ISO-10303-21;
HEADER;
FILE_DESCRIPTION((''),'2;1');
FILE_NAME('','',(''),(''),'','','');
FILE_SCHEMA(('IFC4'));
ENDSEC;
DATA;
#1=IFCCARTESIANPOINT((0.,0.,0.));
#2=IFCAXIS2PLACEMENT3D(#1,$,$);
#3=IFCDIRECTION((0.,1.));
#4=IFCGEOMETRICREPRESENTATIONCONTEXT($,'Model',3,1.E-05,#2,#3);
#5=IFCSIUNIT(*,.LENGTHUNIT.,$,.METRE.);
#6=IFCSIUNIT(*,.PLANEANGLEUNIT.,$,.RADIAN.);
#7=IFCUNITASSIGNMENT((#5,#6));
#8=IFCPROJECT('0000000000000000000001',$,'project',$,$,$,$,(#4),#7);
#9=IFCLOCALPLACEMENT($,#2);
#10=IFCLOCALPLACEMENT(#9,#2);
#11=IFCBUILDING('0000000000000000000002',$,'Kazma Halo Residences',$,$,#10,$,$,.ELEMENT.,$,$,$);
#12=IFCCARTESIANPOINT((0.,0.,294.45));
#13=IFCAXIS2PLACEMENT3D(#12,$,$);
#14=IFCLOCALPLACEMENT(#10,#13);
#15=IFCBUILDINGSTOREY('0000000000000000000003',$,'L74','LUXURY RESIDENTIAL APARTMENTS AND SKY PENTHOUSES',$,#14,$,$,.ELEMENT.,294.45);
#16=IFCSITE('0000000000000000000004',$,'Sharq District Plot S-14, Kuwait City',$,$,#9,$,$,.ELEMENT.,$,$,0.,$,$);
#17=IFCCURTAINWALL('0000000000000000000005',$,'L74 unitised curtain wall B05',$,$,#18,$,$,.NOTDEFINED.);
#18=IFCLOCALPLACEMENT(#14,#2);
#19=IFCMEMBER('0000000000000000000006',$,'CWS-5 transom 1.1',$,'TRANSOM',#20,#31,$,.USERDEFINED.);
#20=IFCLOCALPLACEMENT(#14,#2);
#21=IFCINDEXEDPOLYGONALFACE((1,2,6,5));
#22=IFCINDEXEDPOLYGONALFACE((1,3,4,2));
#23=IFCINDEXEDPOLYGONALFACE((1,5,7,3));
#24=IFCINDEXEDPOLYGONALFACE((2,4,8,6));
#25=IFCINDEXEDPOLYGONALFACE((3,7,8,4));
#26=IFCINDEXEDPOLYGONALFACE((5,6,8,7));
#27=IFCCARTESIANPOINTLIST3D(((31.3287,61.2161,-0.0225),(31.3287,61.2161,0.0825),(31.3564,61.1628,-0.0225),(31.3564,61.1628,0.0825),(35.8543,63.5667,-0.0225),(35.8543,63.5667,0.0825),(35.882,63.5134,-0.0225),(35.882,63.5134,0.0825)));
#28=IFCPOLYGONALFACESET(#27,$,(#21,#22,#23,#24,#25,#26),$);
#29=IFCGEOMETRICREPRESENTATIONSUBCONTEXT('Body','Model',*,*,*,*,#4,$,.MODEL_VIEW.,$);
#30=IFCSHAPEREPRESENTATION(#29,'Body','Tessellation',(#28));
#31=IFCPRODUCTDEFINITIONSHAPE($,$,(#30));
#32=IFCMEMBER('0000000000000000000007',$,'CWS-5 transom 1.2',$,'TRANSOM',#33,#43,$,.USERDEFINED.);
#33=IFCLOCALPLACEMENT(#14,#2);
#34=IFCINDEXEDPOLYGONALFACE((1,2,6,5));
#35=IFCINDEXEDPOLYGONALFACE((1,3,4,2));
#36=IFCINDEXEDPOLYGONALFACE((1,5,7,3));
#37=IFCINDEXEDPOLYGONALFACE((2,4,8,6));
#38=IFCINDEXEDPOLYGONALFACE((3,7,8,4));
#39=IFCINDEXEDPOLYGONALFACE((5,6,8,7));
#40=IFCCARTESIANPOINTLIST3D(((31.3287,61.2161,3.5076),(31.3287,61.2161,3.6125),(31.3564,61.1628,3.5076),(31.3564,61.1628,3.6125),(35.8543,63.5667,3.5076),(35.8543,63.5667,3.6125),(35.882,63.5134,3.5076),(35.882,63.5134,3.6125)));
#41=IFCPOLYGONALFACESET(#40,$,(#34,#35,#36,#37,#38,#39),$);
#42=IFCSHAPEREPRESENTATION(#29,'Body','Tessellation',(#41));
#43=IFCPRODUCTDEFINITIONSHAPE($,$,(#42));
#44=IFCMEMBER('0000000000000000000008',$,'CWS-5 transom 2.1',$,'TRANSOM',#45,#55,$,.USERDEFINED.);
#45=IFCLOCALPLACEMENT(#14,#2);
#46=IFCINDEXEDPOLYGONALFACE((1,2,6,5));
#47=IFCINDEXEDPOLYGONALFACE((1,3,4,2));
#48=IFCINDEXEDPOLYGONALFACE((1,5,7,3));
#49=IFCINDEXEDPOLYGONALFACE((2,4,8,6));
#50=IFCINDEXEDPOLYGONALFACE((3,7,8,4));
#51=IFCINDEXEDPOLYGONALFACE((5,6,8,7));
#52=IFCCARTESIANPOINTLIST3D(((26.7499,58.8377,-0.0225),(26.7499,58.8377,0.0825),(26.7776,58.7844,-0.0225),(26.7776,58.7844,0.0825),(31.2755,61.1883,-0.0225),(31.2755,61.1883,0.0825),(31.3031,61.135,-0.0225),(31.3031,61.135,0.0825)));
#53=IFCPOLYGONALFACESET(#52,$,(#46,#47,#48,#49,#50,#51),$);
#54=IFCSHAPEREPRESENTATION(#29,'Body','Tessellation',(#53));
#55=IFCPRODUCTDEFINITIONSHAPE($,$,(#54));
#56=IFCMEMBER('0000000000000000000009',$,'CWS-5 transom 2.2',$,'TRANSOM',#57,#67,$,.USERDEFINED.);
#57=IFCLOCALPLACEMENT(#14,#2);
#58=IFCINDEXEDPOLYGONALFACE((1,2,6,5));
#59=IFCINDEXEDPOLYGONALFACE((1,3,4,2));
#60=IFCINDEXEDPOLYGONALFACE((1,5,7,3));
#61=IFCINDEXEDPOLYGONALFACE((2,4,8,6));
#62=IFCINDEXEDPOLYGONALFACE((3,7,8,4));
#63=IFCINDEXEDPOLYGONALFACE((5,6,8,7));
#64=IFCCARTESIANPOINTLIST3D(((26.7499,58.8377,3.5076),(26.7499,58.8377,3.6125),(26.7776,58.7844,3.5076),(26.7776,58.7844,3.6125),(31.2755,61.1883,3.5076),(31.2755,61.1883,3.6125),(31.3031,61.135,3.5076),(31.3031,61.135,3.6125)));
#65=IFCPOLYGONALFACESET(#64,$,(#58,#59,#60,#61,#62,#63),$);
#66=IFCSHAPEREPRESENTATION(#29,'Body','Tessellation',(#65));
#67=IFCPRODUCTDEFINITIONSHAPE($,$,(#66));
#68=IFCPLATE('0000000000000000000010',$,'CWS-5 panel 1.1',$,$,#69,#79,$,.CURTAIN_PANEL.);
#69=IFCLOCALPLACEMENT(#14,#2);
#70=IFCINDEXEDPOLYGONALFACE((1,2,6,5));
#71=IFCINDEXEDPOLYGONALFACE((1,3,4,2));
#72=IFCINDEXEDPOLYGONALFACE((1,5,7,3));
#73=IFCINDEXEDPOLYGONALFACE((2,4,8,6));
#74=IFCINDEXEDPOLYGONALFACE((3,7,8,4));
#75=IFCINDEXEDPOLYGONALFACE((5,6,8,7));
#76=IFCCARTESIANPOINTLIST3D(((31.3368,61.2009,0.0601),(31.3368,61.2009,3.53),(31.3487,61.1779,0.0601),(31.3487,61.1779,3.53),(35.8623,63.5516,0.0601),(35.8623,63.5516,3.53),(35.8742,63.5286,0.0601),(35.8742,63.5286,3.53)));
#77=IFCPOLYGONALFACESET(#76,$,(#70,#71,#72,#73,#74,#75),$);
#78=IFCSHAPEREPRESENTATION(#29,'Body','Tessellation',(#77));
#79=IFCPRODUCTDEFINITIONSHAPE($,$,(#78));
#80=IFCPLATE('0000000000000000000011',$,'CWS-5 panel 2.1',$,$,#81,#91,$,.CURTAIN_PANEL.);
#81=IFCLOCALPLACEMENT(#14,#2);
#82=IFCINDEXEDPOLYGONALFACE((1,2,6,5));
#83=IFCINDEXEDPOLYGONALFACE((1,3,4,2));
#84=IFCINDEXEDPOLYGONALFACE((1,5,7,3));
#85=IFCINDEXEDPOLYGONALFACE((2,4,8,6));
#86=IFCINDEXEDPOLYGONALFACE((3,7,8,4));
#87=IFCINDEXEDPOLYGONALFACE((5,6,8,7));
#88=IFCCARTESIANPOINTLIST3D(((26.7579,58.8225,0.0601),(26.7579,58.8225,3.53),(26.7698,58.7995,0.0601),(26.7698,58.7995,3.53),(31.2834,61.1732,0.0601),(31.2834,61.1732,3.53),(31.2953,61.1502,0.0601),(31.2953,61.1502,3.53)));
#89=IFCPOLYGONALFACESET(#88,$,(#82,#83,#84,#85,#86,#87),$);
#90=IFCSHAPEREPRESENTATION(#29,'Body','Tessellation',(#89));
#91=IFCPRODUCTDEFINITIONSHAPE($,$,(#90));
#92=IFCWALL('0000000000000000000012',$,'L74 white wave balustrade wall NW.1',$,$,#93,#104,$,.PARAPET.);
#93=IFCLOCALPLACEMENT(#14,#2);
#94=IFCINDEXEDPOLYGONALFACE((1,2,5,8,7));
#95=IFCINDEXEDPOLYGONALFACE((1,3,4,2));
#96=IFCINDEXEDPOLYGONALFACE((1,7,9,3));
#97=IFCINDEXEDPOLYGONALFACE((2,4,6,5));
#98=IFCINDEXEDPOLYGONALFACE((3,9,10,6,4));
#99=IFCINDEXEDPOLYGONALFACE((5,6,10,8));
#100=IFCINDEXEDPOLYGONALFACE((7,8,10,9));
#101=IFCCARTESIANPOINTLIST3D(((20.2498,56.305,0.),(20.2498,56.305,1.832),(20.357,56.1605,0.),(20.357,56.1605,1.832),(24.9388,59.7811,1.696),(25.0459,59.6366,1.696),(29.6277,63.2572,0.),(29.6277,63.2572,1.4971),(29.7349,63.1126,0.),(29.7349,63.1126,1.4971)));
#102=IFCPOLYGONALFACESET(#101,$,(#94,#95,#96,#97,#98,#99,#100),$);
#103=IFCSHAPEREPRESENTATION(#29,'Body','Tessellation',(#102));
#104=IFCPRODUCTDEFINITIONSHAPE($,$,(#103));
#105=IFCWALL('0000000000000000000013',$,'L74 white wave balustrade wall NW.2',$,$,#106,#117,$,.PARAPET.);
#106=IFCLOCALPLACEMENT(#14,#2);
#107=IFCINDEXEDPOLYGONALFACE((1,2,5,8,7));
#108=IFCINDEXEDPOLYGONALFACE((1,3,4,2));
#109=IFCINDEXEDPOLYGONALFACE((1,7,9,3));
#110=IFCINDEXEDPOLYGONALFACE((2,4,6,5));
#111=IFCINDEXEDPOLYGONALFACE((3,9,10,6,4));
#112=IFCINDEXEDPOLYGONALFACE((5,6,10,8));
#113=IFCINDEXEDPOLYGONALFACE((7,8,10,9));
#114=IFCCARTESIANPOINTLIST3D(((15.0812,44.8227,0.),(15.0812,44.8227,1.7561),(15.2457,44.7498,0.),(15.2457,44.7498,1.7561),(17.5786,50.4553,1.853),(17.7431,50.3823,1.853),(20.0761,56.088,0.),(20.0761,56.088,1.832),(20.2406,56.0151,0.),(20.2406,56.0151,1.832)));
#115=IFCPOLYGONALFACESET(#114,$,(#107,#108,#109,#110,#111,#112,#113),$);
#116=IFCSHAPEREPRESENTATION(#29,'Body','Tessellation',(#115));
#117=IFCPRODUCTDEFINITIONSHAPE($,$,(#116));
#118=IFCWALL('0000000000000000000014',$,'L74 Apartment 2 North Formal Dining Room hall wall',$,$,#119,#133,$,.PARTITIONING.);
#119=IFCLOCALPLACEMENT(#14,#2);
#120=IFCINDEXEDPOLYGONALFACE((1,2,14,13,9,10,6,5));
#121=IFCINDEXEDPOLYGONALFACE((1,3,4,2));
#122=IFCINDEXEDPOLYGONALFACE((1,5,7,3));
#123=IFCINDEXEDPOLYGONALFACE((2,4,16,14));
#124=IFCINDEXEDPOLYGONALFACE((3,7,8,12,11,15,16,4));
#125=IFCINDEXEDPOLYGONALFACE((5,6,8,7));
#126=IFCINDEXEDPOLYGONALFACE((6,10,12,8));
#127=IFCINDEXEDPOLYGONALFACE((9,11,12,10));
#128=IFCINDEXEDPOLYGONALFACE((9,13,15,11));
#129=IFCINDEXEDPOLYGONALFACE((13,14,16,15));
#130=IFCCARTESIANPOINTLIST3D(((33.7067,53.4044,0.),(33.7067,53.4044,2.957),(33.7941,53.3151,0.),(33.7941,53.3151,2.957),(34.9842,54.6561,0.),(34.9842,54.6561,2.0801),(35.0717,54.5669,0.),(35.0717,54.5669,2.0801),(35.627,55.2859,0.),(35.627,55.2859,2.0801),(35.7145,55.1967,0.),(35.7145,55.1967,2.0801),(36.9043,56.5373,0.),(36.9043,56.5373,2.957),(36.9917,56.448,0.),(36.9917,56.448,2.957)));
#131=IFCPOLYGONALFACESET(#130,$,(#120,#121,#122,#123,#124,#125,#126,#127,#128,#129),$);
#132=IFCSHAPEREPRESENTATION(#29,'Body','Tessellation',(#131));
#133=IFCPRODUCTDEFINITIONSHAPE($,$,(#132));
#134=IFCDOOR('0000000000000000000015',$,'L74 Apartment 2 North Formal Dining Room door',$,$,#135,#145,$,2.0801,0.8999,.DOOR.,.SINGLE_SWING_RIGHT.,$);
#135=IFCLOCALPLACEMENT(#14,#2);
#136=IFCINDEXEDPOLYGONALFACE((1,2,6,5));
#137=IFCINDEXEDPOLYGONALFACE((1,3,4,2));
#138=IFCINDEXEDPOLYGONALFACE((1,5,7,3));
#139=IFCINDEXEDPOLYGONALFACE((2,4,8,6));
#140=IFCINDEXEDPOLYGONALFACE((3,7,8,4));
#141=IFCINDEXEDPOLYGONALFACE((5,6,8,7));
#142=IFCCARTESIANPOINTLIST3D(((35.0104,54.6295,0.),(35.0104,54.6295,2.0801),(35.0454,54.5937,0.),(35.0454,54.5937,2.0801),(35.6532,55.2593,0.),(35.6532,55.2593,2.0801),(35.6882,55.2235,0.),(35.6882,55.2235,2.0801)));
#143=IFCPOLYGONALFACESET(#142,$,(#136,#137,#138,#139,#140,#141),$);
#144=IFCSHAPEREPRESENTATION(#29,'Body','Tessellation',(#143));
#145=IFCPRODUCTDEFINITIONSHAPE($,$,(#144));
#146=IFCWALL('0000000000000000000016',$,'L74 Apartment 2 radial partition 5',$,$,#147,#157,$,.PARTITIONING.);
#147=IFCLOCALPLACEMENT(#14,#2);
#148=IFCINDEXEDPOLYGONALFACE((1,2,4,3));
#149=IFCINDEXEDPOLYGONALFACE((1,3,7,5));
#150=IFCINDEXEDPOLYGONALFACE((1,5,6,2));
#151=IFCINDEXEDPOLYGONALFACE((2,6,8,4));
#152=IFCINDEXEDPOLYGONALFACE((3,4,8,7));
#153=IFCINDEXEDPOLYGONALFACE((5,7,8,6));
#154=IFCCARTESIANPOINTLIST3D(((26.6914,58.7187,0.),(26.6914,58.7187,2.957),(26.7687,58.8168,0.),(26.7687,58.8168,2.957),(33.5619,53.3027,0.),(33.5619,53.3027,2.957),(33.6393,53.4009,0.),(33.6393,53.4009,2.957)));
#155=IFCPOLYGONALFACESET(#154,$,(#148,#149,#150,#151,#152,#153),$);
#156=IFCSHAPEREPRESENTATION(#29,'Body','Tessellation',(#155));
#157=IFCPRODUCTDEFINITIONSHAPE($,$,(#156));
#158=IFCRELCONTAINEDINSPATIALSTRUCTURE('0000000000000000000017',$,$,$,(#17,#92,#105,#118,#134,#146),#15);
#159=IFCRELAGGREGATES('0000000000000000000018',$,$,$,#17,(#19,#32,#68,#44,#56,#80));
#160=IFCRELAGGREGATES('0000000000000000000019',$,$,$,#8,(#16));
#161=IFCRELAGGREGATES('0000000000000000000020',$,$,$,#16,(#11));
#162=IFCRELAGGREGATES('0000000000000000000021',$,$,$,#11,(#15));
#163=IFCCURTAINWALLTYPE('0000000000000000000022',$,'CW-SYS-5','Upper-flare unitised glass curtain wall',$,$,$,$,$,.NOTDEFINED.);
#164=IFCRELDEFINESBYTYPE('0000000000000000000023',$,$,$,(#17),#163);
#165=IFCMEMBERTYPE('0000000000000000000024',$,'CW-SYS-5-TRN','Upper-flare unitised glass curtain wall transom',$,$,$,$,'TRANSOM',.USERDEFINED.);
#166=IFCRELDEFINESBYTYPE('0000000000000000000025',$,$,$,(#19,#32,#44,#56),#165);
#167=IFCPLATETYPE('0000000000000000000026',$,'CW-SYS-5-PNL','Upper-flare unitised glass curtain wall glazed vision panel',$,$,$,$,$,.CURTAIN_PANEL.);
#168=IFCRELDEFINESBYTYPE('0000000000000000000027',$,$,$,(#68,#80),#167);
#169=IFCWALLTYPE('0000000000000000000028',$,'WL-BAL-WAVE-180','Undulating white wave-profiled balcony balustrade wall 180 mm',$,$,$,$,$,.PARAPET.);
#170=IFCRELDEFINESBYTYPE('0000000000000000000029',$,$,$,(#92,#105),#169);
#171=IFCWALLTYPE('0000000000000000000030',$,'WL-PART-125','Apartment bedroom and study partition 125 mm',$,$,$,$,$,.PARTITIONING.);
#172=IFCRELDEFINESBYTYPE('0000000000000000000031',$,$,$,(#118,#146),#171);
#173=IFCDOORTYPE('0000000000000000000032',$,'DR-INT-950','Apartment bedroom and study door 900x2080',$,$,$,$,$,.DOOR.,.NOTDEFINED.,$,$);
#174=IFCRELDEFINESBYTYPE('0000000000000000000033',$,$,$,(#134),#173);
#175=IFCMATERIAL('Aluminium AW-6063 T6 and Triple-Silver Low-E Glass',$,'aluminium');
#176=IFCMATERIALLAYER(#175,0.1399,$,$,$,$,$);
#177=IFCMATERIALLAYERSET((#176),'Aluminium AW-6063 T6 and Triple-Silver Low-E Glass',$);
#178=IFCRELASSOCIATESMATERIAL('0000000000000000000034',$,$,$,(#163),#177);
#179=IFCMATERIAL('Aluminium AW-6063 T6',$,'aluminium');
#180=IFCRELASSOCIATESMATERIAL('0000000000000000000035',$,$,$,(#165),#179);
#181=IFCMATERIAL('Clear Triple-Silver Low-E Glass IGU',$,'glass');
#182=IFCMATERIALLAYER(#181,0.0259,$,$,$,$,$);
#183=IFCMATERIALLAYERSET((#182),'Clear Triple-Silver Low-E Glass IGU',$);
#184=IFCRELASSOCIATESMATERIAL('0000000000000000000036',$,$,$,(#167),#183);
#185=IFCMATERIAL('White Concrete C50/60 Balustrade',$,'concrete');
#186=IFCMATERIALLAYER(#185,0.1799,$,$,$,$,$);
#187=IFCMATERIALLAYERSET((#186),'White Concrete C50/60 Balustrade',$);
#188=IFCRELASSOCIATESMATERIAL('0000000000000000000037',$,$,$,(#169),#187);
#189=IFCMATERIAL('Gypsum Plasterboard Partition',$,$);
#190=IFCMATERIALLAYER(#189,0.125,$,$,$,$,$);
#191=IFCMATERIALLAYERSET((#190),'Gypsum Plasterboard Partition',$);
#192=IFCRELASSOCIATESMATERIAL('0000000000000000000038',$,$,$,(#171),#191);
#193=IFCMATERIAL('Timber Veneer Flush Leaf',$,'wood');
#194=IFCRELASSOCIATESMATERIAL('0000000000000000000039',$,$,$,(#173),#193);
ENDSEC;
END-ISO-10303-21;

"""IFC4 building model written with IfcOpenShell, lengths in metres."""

from ifc_helpers import new_model, si_unit, direction, frame, frame_2d, origin, origin_2d, place, context, subcontext, project, spatial, polyline, rectangle, outline, extrude, material, layer, layer_set, material_profile, profile_set, type_object, element, fill, aggregate, save


model = new_model("IFC4")

# Units and contexts
model_context = context("Model", 3, precision=1e-05, world=origin(), true_north=direction((0.0, 1.0)))
body_context = subcontext(model_context, "Body", "Model", "MODEL_VIEW")
ifc_project = project(units=[si_unit("LENGTHUNIT", "METRE"), si_unit("PLANEANGLEUNIT", "RADIAN")], contexts=[model_context])

# Site, building, storey
site_placement = place(None, origin())
site = spatial("IfcSite", under=ifc_project, at=site_placement, Name="Sharq District Plot S-14, Kuwait City", CompositionType="ELEMENT", RefElevation=0.0)
building_placement = place(site_placement, origin())
building = spatial("IfcBuilding", under=site, at=building_placement, Name="Kazma Halo Residences", CompositionType="ELEMENT")
storey_placement = place(building_placement, frame((0.0, 0.0, 294.45)))
storey = spatial("IfcBuildingStorey", under=building, at=storey_placement, Name="L74", Description="LUXURY RESIDENTIAL APARTMENTS AND SKY PENTHOUSES", CompositionType="ELEMENT", Elevation=294.45)

# Curtain wall, members, plates
ifc_material_1 = material(Name="Aluminium AW-6063 T6 and Triple-Silver Low-E Glass", Category="aluminium")
ifc_layer_1 = layer(ifc_material_1, 0.1399)
ifc_layer_set_1 = layer_set([ifc_layer_1], Name="Aluminium AW-6063 T6 and Triple-Silver Low-E Glass")
curtain_wall_type = type_object("IfcCurtainWallType", Name="CW-SYS-5", Description="Upper-flare unitised glass curtain wall", PredefinedType="NOTDEFINED", material=ifc_layer_set_1)
curtain_wall_placement = place(storey_placement, origin())
curtain_wall = element("IfcCurtainWall", 1, at=curtain_wall_placement, inside=storey, type_object=curtain_wall_type, Name="L74 unitised curtain wall B05", PredefinedType="NOTDEFINED")
ifc_material_2 = material(Name="Aluminium AW-6063 T6", Category="aluminium")
ifc_material_profile_1 = material_profile(ifc_material_2, rectangle(XDim=0.0601, YDim=0.105, at=origin_2d()), Name="CWT-60x105")
ifc_profile_set_1 = profile_set([ifc_material_profile_1], Name="Aluminium AW-6063 T6")
member_type_1 = type_object("IfcMemberType", Name="CW-SYS-5-TRN", Description="Upper-flare unitised glass curtain wall transom", ElementType="TRANSOM", PredefinedType="USERDEFINED", material=ifc_profile_set_1)
member_1_placement = place(storey_placement, frame((35.8682, 63.54, 0.03), z_axis=(-0.887437, -0.460929, 0.0), x_axis=(0.460929, -0.887437, 0.0)))
member_1 = element("IfcMember", 2, at=member_1_placement, type_object=member_type_1, Name="CWS-5 transom 1.1", ObjectType="TRANSOM", PredefinedType="USERDEFINED", context=body_context, shape_type="SweptSolid", body=[
    extrude(rectangle(XDim=0.0601, YDim=0.105, at=origin_2d()), origin(), (0.0, 0.0, 1.0), 5.0996),
])
member_2_placement = place(storey_placement, frame((35.8682, 63.54, 3.5601), z_axis=(-0.887437, -0.460929, 0.0), x_axis=(0.460929, -0.887437, 0.0)))
member_2 = element("IfcMember", 3, at=member_2_placement, type_object=member_type_1, Name="CWS-5 transom 1.2", ObjectType="TRANSOM", PredefinedType="USERDEFINED", context=body_context, shape_type="SweptSolid", body=[
    extrude(rectangle(XDim=0.0601, YDim=0.105, at=origin_2d()), origin(), (0.0, 0.0, 1.0), 5.0996),
])
member_3_placement = place(storey_placement, frame((31.2893, 61.1616, 0.03), z_axis=(-0.887437, -0.460929, 0.0), x_axis=(0.460929, -0.887437, 0.0)))
member_3 = element("IfcMember", 4, at=member_3_placement, type_object=member_type_1, Name="CWS-5 transom 2.1", ObjectType="TRANSOM", PredefinedType="USERDEFINED", context=body_context, shape_type="SweptSolid", body=[
    extrude(rectangle(XDim=0.0601, YDim=0.105, at=origin_2d()), origin(), (0.0, 0.0, 1.0), 5.0996),
])
member_4_placement = place(storey_placement, frame((31.2893, 61.1616, 3.5601), z_axis=(-0.887437, -0.460929, 0.0), x_axis=(0.460929, -0.887437, 0.0)))
member_4 = element("IfcMember", 5, at=member_4_placement, type_object=member_type_1, Name="CWS-5 transom 2.2", ObjectType="TRANSOM", PredefinedType="USERDEFINED", context=body_context, shape_type="SweptSolid", body=[
    extrude(rectangle(XDim=0.0601, YDim=0.105, at=origin_2d()), origin(), (0.0, 0.0, 1.0), 5.0996),
])
ifc_material_3 = material(Name="Clear Triple-Silver Low-E Glass IGU", Category="glass")
ifc_layer_2 = layer(ifc_material_3, 0.0259)
ifc_layer_set_2 = layer_set([ifc_layer_2], Name="Clear Triple-Silver Low-E Glass IGU")
plate_type = type_object("IfcPlateType", Name="CW-SYS-5-PNL", Description="Upper-flare unitised glass curtain wall glazed vision panel", PredefinedType="CURTAIN_PANEL", material=ifc_layer_set_2)
plate_1_placement = place(storey_placement, frame((33.6055, 62.3647, 0.0601), z_axis=(0.0, 0.0, 1.0), x_axis=(-0.887421, -0.460961, 0.0)))
plate_1 = element("IfcPlate", 6, at=plate_1_placement, type_object=plate_type, Name="CWS-5 panel 1.1", PredefinedType="CURTAIN_PANEL", context=body_context, shape_type="SweptSolid", body=[
    extrude(rectangle(XDim=5.0996, YDim=0.0259, at=origin_2d()), origin(), (0.0, 0.0, 1.0), 3.47),
])
plate_2_placement = place(storey_placement, frame((29.0266, 59.9863, 0.0601), z_axis=(0.0, 0.0, 1.0), x_axis=(-0.887421, -0.460961, 0.0)))
plate_2 = element("IfcPlate", 7, at=plate_2_placement, type_object=plate_type, Name="CWS-5 panel 2.1", PredefinedType="CURTAIN_PANEL", context=body_context, shape_type="SweptSolid", body=[
    extrude(rectangle(XDim=5.0996, YDim=0.0259, at=origin_2d()), origin(), (0.0, 0.0, 1.0), 3.47),
])
aggregate(curtain_wall, [member_1, member_2, plate_1, member_3, member_4, plate_2])

# Walls
ifc_material_4 = material(Name="White Concrete C50/60 Balustrade", Category="concrete")
ifc_layer_3 = layer(ifc_material_4, 0.1799)
ifc_layer_set_3 = layer_set([ifc_layer_3], Name="White Concrete C50/60 Balustrade")
wall_type_1 = type_object("IfcWallType", Name="WL-BAL-WAVE-180", Description="Undulating white wave-profiled balcony balustrade wall 180 mm", PredefinedType="PARAPET", material=ifc_layer_set_3)
wall_1_placement = place(storey_placement, frame((29.6814, 63.1848, 0.0), z_axis=(0.0, 0.0, 1.0), x_axis=(-0.80333, -0.595534, 0.0)))
element("IfcWall", 8, at=wall_1_placement, inside=storey, type_object=wall_type_1, Name="L74 white wave balustrade wall NW.1", PredefinedType="PARAPET", context=body_context, shape_type="SweptSolid", body=[
    extrude(outline(polyline([(0.0, 0.0), (11.6738, 0.0), (11.6738, 1.832), (5.8369, 1.696), (0.0, 1.4971), (0.0, 0.0)])), frame((0.0, 0.0898, 0.0), z_axis=(0.0, -1.0, 0.0), x_axis=(1.0, 0.0, 0.0)), (0.0, 0.0, 1.0), 0.1799),
])
wall_2_placement = place(storey_placement, frame((20.1584, 56.0515, 0.0), z_axis=(0.0, 0.0, 1.0), x_axis=(-0.405328, -0.914171, 0.0)))
element("IfcWall", 9, at=wall_2_placement, inside=storey, type_object=wall_type_1, Name="L74 white wave balustrade wall NW.2", PredefinedType="PARAPET", context=body_context, shape_type="SweptSolid", body=[
    extrude(outline(polyline([(0.0, 0.0), (12.323, 0.0), (12.323, 1.7561), (6.1616, 1.853), (0.0, 1.832), (0.0, 0.0)])), frame((0.0, 0.0898, 0.0), z_axis=(0.0, -1.0, 0.0), x_axis=(1.0, 0.0, 0.0)), (0.0, 0.0, 1.0), 0.1799),
])

# Wall, opening, door
ifc_material_5 = material(Name="Gypsum Plasterboard Partition")
ifc_layer_4 = layer(ifc_material_5, 0.125)
ifc_layer_set_4 = layer_set([ifc_layer_4], Name="Gypsum Plasterboard Partition")
wall_type_2 = type_object("IfcWallType", Name="WL-PART-125", Description="Apartment bedroom and study partition 125 mm", PredefinedType="PARTITIONING", material=ifc_layer_set_4)
wall_3_placement = place(storey_placement, frame((36.948, 56.4927, 0.0), z_axis=(0.0, 0.0, 1.0), x_axis=(-0.714296, -0.699843, 0.0)))
wall_3 = element("IfcWall", 10, at=wall_3_placement, inside=storey, type_object=wall_type_2, Name="L74 Apartment 2 North Formal Dining Room hall wall", PredefinedType="PARTITIONING", context=body_context, shape_type="SweptSolid", body=[
    extrude(rectangle(XDim=4.4766, YDim=0.125, at=frame_2d((2.2383, 0.0))), origin(), (0.0, 0.0, 1.0), 2.957),
])
opening_1_placement = place(wall_3_placement, frame((1.7881, 0.0, 0.0)))
opening_1 = element("IfcOpeningElement", 11, at=opening_1_placement, cuts=wall_3, PredefinedType="OPENING", context=body_context, shape_type="SweptSolid", body=[
    extrude(rectangle(XDim=0.8999, YDim=2.0801, at=frame_2d((0.45, 1.04))), frame((0.0, 0.0725, 0.0), z_axis=(0.0, -1.0, 0.0), x_axis=(1.0, 0.0, 0.0)), (0.0, 0.0, 1.0), 0.145),
])
ifc_material_6 = material(Name="Timber Veneer Flush Leaf", Category="wood")
door_type_1 = type_object("IfcDoorType", Name="DR-INT-950", Description="Apartment bedroom and study door 900x2080", OperationType="NOTDEFINED", PredefinedType="DOOR", material=ifc_material_6)
door_1_placement = place(opening_1_placement, origin())
door_1 = element("IfcDoor", 12, at=door_1_placement, inside=storey, type_object=door_type_1, Name="L74 Apartment 2 North Formal Dining Room door", OperationType="SINGLE_SWING_RIGHT", OverallHeight=2.0801, OverallWidth=0.8999, PredefinedType="DOOR", context=body_context, shape_type="SweptSolid", body=[
    extrude(rectangle(XDim=0.8999, YDim=2.0801, at=frame_2d((0.45, 1.04))), frame((0.0, 0.0249, 0.0), z_axis=(0.0, -1.0, 0.0), x_axis=(1.0, 0.0, 0.0)), (0.0, 0.0, 1.0), 0.05),
])
fill(opening_1, door_1)

# Wall
wall_4_placement = place(storey_placement, frame((33.6006, 53.3518, 0.0), z_axis=(0.0, 0.0, 1.0), x_axis=(-0.785335, 0.61907, 0.0)))
element("IfcWall", 13, at=wall_4_placement, inside=storey, type_object=wall_type_2, Name="L74 Apartment 2 radial partition 5", PredefinedType="PARTITIONING", context=body_context, shape_type="SweptSolid", body=[
    extrude(rectangle(XDim=8.7485, YDim=0.125, at=frame_2d((4.3743, 0.0))), origin(), (0.0, 0.0, 1.0), 2.957),
])

save(model, "model.ifc")
